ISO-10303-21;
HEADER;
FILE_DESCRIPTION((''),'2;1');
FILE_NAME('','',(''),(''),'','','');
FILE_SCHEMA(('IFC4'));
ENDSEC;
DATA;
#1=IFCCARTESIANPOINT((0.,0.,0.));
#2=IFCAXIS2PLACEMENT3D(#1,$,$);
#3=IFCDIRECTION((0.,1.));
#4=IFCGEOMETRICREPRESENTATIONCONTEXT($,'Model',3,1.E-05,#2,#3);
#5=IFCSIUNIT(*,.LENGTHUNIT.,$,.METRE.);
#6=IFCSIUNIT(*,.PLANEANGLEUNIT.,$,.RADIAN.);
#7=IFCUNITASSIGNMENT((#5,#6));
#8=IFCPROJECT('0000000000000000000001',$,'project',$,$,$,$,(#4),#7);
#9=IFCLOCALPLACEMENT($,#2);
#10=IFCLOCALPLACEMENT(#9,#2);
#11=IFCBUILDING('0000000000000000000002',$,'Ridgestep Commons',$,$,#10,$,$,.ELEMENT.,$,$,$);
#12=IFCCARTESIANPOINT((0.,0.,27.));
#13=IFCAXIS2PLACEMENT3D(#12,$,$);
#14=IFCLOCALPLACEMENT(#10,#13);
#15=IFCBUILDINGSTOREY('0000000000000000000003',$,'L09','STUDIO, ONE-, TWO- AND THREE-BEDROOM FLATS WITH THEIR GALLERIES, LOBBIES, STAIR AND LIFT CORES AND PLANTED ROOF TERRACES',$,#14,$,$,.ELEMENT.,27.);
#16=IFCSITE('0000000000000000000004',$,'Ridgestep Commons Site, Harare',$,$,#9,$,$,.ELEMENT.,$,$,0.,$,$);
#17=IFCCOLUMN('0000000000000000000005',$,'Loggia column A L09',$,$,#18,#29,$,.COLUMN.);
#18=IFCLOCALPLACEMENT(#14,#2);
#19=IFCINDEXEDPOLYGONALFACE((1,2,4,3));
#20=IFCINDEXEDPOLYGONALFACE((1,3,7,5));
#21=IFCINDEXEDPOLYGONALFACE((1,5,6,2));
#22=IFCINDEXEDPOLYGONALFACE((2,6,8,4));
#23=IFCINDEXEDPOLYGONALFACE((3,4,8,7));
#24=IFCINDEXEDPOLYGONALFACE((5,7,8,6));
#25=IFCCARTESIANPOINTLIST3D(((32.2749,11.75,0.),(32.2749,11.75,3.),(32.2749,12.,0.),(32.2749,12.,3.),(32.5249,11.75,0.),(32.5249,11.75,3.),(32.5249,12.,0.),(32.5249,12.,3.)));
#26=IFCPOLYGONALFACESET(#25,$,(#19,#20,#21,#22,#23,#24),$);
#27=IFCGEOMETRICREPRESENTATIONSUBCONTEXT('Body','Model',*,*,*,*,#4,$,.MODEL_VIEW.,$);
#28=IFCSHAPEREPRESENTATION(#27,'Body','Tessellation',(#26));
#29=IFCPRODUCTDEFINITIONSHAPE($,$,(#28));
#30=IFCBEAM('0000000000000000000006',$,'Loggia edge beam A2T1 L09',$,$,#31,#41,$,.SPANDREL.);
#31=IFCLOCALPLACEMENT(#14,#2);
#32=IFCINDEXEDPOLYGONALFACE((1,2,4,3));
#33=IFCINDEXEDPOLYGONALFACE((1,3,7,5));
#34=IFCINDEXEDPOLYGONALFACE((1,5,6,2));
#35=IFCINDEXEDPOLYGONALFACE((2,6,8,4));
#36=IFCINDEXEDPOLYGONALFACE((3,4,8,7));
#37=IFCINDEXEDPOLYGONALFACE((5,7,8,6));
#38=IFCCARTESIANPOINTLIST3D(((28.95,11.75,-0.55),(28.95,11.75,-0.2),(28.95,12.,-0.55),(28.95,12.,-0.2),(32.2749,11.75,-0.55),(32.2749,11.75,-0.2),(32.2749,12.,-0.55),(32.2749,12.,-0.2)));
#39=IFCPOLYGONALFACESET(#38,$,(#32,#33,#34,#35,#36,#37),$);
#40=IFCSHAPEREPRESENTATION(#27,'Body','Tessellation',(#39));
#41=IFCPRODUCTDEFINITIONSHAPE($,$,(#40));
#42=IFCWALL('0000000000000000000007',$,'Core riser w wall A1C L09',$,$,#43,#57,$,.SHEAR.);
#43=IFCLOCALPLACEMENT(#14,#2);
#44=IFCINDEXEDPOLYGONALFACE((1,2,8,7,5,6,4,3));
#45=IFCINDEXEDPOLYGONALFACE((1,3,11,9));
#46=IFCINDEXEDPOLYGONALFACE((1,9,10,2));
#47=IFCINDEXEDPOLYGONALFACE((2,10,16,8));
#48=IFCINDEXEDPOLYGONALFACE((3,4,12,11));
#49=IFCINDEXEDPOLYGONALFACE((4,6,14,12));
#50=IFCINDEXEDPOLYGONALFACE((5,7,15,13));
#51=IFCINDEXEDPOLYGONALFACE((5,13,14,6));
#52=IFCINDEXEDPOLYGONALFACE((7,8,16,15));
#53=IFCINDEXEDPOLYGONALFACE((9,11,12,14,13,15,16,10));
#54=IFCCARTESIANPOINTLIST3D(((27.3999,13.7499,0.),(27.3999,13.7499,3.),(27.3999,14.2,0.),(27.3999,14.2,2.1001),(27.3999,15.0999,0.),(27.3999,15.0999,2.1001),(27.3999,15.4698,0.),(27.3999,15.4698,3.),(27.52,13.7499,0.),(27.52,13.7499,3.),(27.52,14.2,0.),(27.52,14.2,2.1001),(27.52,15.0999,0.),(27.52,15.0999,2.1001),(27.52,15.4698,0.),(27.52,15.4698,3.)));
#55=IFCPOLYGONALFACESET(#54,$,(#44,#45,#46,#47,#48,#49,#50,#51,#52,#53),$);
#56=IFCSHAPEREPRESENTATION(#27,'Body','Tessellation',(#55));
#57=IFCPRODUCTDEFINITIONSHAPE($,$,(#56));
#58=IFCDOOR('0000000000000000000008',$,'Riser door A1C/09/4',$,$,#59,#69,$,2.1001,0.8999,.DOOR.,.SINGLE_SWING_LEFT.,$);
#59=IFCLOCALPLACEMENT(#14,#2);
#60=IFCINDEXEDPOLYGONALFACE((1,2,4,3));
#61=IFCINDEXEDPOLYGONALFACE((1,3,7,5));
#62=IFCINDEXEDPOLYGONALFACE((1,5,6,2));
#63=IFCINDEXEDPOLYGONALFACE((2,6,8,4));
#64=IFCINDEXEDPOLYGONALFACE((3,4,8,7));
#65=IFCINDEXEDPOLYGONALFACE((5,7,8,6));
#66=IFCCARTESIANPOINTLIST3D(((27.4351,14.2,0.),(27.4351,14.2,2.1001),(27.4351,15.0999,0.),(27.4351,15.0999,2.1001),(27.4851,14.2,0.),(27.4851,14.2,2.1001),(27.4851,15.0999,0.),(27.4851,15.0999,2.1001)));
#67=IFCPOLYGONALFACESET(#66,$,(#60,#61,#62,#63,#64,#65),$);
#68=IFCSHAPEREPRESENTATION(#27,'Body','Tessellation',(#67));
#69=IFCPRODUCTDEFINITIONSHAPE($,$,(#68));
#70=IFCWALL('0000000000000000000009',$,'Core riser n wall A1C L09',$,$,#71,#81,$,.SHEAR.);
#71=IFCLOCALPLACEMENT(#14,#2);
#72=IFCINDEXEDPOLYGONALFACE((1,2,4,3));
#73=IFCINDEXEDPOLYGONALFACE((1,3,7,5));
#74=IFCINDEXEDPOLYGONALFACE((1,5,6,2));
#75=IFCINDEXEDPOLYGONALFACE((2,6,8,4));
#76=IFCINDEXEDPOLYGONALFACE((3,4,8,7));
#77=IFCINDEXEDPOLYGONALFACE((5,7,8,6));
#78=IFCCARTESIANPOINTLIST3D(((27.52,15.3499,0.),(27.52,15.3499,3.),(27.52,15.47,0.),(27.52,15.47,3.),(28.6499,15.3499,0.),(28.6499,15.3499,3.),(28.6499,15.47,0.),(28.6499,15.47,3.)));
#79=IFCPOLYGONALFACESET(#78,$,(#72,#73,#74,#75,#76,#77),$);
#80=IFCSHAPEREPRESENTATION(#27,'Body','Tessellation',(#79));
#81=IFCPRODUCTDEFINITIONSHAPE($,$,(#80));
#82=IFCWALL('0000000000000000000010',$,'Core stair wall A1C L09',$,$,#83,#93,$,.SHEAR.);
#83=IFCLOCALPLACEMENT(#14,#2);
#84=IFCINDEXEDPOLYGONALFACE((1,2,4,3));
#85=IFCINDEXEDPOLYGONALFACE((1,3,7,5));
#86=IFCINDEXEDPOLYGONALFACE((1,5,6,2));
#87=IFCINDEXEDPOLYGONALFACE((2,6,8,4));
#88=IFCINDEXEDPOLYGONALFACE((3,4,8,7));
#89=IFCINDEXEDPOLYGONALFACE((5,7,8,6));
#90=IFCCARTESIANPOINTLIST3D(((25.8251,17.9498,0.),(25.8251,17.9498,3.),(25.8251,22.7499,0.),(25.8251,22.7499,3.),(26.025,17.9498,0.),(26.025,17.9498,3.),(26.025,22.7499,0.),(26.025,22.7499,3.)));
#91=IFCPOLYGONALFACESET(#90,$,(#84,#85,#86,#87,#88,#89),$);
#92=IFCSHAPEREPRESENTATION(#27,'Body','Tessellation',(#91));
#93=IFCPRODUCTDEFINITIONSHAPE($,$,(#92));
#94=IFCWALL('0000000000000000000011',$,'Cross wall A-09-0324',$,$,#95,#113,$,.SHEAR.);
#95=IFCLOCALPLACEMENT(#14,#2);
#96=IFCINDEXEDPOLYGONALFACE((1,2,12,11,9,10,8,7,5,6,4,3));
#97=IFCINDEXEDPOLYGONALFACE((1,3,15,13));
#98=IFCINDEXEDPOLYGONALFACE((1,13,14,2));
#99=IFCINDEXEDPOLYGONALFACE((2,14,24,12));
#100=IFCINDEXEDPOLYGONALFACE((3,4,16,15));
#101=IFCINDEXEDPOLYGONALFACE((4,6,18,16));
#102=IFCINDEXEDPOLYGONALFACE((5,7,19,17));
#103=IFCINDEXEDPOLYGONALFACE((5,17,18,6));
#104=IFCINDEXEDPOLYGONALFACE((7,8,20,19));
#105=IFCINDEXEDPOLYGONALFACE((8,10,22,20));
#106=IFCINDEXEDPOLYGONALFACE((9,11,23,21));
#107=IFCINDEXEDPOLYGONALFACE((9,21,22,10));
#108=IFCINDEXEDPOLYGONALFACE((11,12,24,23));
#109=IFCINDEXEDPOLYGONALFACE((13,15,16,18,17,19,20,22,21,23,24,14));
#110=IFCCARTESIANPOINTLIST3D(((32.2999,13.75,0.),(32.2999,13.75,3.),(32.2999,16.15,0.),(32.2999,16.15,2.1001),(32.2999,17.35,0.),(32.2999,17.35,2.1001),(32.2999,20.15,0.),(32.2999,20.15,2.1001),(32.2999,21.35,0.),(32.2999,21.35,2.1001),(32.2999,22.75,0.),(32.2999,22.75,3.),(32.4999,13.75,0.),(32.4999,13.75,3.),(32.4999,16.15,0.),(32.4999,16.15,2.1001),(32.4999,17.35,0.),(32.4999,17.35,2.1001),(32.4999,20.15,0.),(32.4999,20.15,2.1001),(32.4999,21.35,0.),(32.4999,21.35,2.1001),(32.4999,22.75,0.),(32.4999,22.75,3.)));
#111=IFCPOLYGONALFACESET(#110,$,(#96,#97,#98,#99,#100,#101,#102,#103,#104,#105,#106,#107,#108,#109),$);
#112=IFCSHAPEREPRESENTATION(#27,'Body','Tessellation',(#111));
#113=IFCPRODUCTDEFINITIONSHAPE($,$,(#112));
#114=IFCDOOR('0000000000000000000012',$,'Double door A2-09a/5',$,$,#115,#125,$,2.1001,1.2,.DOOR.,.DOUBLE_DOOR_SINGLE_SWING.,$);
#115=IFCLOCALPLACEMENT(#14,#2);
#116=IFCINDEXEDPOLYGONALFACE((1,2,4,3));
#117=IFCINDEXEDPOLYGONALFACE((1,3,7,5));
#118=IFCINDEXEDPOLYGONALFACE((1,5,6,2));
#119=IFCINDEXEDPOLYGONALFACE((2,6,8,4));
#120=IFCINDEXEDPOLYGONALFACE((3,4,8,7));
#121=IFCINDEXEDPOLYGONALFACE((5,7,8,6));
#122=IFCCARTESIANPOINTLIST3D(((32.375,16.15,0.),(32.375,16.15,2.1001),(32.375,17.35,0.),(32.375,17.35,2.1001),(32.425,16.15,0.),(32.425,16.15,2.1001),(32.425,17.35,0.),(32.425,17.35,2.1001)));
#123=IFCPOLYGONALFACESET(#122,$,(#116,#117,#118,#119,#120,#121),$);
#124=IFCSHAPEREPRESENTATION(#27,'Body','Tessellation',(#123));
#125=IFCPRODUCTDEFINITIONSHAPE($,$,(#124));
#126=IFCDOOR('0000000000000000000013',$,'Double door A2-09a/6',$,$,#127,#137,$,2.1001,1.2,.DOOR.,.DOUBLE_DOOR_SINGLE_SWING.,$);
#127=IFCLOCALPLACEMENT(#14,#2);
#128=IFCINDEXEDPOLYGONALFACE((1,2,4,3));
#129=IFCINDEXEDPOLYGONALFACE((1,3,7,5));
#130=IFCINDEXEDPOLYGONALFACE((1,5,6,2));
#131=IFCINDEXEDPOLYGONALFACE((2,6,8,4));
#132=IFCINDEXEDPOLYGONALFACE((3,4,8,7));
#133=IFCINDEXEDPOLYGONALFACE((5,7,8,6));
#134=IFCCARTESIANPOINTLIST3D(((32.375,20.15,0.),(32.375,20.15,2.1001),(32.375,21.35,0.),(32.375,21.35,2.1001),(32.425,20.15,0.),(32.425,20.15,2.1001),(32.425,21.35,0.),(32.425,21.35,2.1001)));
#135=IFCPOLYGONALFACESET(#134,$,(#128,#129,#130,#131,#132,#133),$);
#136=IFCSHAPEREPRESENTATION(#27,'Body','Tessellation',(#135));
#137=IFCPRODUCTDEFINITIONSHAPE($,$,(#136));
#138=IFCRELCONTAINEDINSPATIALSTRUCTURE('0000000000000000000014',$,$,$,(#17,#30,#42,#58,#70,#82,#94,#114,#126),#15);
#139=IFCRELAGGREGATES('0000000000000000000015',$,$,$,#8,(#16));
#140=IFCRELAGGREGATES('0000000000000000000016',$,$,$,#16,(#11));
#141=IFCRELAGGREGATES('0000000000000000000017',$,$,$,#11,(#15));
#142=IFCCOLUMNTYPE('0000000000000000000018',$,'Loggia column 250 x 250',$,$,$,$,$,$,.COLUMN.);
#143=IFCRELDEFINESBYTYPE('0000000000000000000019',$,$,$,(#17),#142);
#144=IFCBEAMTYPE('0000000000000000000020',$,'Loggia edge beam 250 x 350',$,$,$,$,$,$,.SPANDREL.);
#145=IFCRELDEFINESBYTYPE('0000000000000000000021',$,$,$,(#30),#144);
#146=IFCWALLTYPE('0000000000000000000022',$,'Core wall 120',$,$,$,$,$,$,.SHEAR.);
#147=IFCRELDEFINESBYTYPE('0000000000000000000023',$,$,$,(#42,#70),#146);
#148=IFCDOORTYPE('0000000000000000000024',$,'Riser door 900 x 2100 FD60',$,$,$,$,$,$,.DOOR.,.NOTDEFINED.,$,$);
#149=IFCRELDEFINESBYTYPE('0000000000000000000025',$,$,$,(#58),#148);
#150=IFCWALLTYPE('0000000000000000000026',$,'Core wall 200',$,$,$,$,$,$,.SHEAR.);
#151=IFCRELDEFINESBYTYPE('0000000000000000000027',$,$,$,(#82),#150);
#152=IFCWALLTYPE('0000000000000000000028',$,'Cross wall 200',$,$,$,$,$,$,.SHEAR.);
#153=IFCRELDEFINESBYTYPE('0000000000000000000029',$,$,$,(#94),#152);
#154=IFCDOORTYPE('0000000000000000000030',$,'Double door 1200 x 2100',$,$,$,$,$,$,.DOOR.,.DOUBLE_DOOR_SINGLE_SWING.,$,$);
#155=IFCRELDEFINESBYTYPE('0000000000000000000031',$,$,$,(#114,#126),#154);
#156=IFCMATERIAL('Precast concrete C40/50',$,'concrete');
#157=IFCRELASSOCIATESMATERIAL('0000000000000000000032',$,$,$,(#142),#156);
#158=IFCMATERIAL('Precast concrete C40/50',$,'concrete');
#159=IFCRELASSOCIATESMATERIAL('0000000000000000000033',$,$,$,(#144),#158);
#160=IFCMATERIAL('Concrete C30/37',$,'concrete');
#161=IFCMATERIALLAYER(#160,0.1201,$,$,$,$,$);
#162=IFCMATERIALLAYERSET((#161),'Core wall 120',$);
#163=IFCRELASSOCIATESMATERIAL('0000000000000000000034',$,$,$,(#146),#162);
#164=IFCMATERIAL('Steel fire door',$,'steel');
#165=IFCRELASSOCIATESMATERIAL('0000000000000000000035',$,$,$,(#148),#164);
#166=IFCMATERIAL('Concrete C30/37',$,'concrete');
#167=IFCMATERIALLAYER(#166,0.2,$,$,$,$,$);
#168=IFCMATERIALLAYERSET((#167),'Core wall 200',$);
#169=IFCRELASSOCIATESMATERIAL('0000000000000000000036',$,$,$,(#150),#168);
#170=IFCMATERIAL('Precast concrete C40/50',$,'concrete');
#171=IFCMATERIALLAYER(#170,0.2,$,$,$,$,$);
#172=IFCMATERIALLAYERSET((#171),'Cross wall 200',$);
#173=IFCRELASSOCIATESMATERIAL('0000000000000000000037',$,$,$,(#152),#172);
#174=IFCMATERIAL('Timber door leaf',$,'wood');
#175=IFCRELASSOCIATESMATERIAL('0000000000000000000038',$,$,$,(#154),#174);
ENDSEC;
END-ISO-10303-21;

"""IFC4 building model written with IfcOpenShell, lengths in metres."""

from ifc_helpers import new_model, si_unit, direction, frame, frame_2d, origin, origin_2d, place, context, subcontext, project, spatial, rectangle, extrude, material, layer, layer_set, material_profile, profile_set, type_object, element, fill, save


model = new_model("IFC4")

# Units and contexts
model_context = context("Model", 3, precision=1e-05, world=origin(), true_north=direction((0.0, 1.0)))
body_context = subcontext(model_context, "Body", "Model", "MODEL_VIEW")
ifc_project = project(units=[si_unit("LENGTHUNIT", "METRE"), si_unit("PLANEANGLEUNIT", "RADIAN")], contexts=[model_context])

# Site, building, storey
site_placement = place(None, origin())
site = spatial("IfcSite", under=ifc_project, at=site_placement, Name="Ridgestep Commons Site, Harare", CompositionType="ELEMENT", RefElevation=0.0)
building_placement = place(site_placement, origin())
building = spatial("IfcBuilding", under=site, at=building_placement, Name="Ridgestep Commons", CompositionType="ELEMENT")
storey_placement = place(building_placement, frame((0.0, 0.0, 27.0)))
storey = spatial("IfcBuildingStorey", under=building, at=storey_placement, Name="L09", Description="STUDIO, ONE-, TWO- AND THREE-BEDROOM FLATS WITH THEIR GALLERIES, LOBBIES, STAIR AND LIFT CORES AND PLANTED ROOF TERRACES", CompositionType="ELEMENT", Elevation=27.0)

# Column
ifc_material_1 = material(Name="Precast concrete C40/50", Category="concrete")
ifc_material_profile_1 = material_profile(ifc_material_1, rectangle(XDim=0.25, YDim=0.25, at=origin_2d()), Name="PC 250x250")
ifc_profile_set_1 = profile_set([ifc_material_profile_1], Name="Precast concrete C40/50")
column_type = type_object("IfcColumnType", Name="Loggia column 250 x 250", PredefinedType="COLUMN", material=ifc_profile_set_1)
column_placement = place(storey_placement, frame((32.3999, 11.875, 0.0), z_axis=(0.0, 0.0, 1.0), x_axis=(1.0, 0.0, 0.0)))
element("IfcColumn", 1, at=column_placement, inside=storey, type_object=column_type, Name="Loggia column A L09", PredefinedType="COLUMN", context=body_context, shape_type="SweptSolid", body=[
    extrude(rectangle(XDim=0.25, YDim=0.25, at=origin_2d()), origin(), (0.0, 0.0, 1.0), 3.0),
])

# Beam
ifc_material_2 = material(Name="Precast concrete C40/50", Category="concrete")
ifc_material_profile_2 = material_profile(ifc_material_2, rectangle(XDim=0.25, YDim=0.3501, at=origin_2d()), Name="PC 250x350")
ifc_profile_set_2 = profile_set([ifc_material_profile_2], Name="Precast concrete C40/50")
beam_type = type_object("IfcBeamType", Name="Loggia edge beam 250 x 350", PredefinedType="SPANDREL", material=ifc_profile_set_2)
beam_placement = place(storey_placement, frame((28.95, 11.875, -0.375), z_axis=(1.0, 0.0, 0.0), x_axis=(0.0, 1.0, 0.0)))
element("IfcBeam", 2, at=beam_placement, inside=storey, type_object=beam_type, Name="Loggia edge beam A2T1 L09", PredefinedType="SPANDREL", context=body_context, shape_type="SweptSolid", body=[
    extrude(rectangle(XDim=0.25, YDim=0.3501, at=origin_2d()), origin(), (0.0, 0.0, 1.0), 3.325),
])

# Wall, opening, door
ifc_material_3 = material(Name="Concrete C30/37", Category="concrete")
ifc_layer_1 = layer(ifc_material_3, 0.1201)
ifc_layer_set_1 = layer_set([ifc_layer_1], Name="Core wall 120")
wall_type_1 = type_object("IfcWallType", Name="Core wall 120", PredefinedType="SHEAR", material=ifc_layer_set_1)
wall_1_placement = place(storey_placement, frame((27.46, 13.75, 0.0), z_axis=(0.0, 0.0, 1.0), x_axis=(0.0, 1.0, 0.0)))
wall_1 = element("IfcWall", 3, at=wall_1_placement, inside=storey, type_object=wall_type_1, Name="Core riser w wall A1C L09", PredefinedType="SHEAR", context=body_context, shape_type="SweptSolid", body=[
    extrude(rectangle(XDim=1.72, YDim=0.1201, at=frame_2d((0.8599, 0.0))), origin(), (0.0, 0.0, 1.0), 3.0),
])
opening_1_placement = place(wall_1_placement, frame((0.45, 0.0, 0.0)))
opening_1 = element("IfcOpeningElement", 4, at=opening_1_placement, cuts=wall_1, PredefinedType="OPENING", context=body_context, shape_type="SweptSolid", body=[
    extrude(rectangle(XDim=0.8999, YDim=2.1001, at=frame_2d((0.45, 1.05))), frame((0.0, 0.0701, 0.0), z_axis=(0.0, -1.0, 0.0), x_axis=(1.0, 0.0, 0.0)), (0.0, 0.0, 1.0), 0.1401),
])
ifc_material_4 = material(Name="Steel fire door", Category="steel")
door_type_1 = type_object("IfcDoorType", Name="Riser door 900 x 2100 FD60", OperationType="NOTDEFINED", PredefinedType="DOOR", material=ifc_material_4)
door_1_placement = place(opening_1_placement, origin())
door_1 = element("IfcDoor", 5, at=door_1_placement, inside=storey, type_object=door_type_1, Name="Riser door A1C/09/4", OperationType="SINGLE_SWING_LEFT", OverallHeight=2.1001, OverallWidth=0.8999, PredefinedType="DOOR", context=body_context, shape_type="SweptSolid", body=[
    extrude(rectangle(XDim=0.8999, YDim=2.1001, at=frame_2d((0.45, 1.05))), frame((0.0, 0.0249, 0.0), z_axis=(0.0, -1.0, 0.0), x_axis=(1.0, 0.0, 0.0)), (0.0, 0.0, 1.0), 0.05),
])
fill(opening_1, door_1)

# Walls
wall_2_placement = place(storey_placement, frame((27.52, 15.4099, 0.0), z_axis=(0.0, 0.0, 1.0), x_axis=(1.0, 0.0, 0.0)))
element("IfcWall", 6, at=wall_2_placement, inside=storey, type_object=wall_type_1, Name="Core riser n wall A1C L09", PredefinedType="SHEAR", context=body_context, shape_type="SweptSolid", body=[
    extrude(rectangle(XDim=1.1299, YDim=0.1201, at=frame_2d((0.5649, 0.0))), origin(), (0.0, 0.0, 1.0), 3.0),
])
ifc_material_5 = material(Name="Concrete C30/37", Category="concrete")
ifc_layer_2 = layer(ifc_material_5, 0.2)
ifc_layer_set_2 = layer_set([ifc_layer_2], Name="Core wall 200")
wall_type_2 = type_object("IfcWallType", Name="Core wall 200", PredefinedType="SHEAR", material=ifc_layer_set_2)
wall_3_placement = place(storey_placement, frame((25.925, 17.95, 0.0), z_axis=(0.0, 0.0, 1.0), x_axis=(0.0, 1.0, 0.0)))
element("IfcWall", 7, at=wall_3_placement, inside=storey, type_object=wall_type_2, Name="Core stair wall A1C L09", PredefinedType="SHEAR", context=body_context, shape_type="SweptSolid", body=[
    extrude(rectangle(XDim=4.8, YDim=0.2, at=frame_2d((2.3999, 0.0))), origin(), (0.0, 0.0, 1.0), 3.0),
])

# Wall, openings, doors
ifc_material_6 = material(Name="Precast concrete C40/50", Category="concrete")
ifc_layer_3 = layer(ifc_material_6, 0.2)
ifc_layer_set_3 = layer_set([ifc_layer_3], Name="Cross wall 200")
wall_type_3 = type_object("IfcWallType", Name="Cross wall 200", PredefinedType="SHEAR", material=ifc_layer_set_3)
wall_4_placement = place(storey_placement, frame((32.3999, 13.75, 0.0), z_axis=(0.0, 0.0, 1.0), x_axis=(0.0, 1.0, 0.0)))
wall_4 = element("IfcWall", 8, at=wall_4_placement, inside=storey, type_object=wall_type_3, Name="Cross wall A-09-0324", PredefinedType="SHEAR", context=body_context, shape_type="SweptSolid", body=[
    extrude(rectangle(XDim=9.0, YDim=0.2, at=frame_2d((4.5, 0.0))), origin(), (0.0, 0.0, 1.0), 3.0),
])
opening_2_placement = place(wall_4_placement, frame((2.3999, 0.0, 0.0)))
opening_2 = element("IfcOpeningElement", 9, at=opening_2_placement, cuts=wall_4, PredefinedType="OPENING", context=body_context, shape_type="SweptSolid", body=[
    extrude(rectangle(XDim=1.2, YDim=2.1001, at=frame_2d((0.6001, 1.05))), frame((0.0, 0.1099, 0.0), z_axis=(0.0, -1.0, 0.0), x_axis=(1.0, 0.0, 0.0)), (0.0, 0.0, 1.0), 0.22),
])
opening_3_placement = place(wall_4_placement, frame((6.3999, 0.0, 0.0)))
opening_3 = element("IfcOpeningElement", 10, at=opening_3_placement, cuts=wall_4, PredefinedType="OPENING", context=body_context, shape_type="SweptSolid", body=[
    extrude(rectangle(XDim=1.2, YDim=2.1001, at=frame_2d((0.6001, 1.05))), frame((0.0, 0.1099, 0.0), z_axis=(0.0, -1.0, 0.0), x_axis=(1.0, 0.0, 0.0)), (0.0, 0.0, 1.0), 0.22),
])
ifc_material_7 = material(Name="Timber door leaf", Category="wood")
door_type_2 = type_object("IfcDoorType", Name="Double door 1200 x 2100", OperationType="DOUBLE_DOOR_SINGLE_SWING", PredefinedType="DOOR", material=ifc_material_7)
door_2_placement = place(opening_2_placement, origin())
door_2 = element("IfcDoor", 11, at=door_2_placement, inside=storey, type_object=door_type_2, Name="Double door A2-09a/5", OperationType="DOUBLE_DOOR_SINGLE_SWING", OverallHeight=2.1001, OverallWidth=1.2, PredefinedType="DOOR", context=body_context, shape_type="SweptSolid", body=[
    extrude(rectangle(XDim=1.2, YDim=2.1001, at=frame_2d((0.6001, 1.05))), frame((0.0, 0.0249, 0.0), z_axis=(0.0, -1.0, 0.0), x_axis=(1.0, 0.0, 0.0)), (0.0, 0.0, 1.0), 0.05),
])
fill(opening_2, door_2)
door_3_placement = place(opening_3_placement, origin())
door_3 = element("IfcDoor", 12, at=door_3_placement, inside=storey, type_object=door_type_2, Name="Double door A2-09a/6", OperationType="DOUBLE_DOOR_SINGLE_SWING", OverallHeight=2.1001, OverallWidth=1.2, PredefinedType="DOOR", context=body_context, shape_type="SweptSolid", body=[
    extrude(rectangle(XDim=1.2, YDim=2.1001, at=frame_2d((0.6001, 1.05))), frame((0.0, 0.0249, 0.0), z_axis=(0.0, -1.0, 0.0), x_axis=(1.0, 0.0, 0.0)), (0.0, 0.0, 1.0), 0.05),
])
fill(opening_3, door_3)

save(model, "model.ifc")
